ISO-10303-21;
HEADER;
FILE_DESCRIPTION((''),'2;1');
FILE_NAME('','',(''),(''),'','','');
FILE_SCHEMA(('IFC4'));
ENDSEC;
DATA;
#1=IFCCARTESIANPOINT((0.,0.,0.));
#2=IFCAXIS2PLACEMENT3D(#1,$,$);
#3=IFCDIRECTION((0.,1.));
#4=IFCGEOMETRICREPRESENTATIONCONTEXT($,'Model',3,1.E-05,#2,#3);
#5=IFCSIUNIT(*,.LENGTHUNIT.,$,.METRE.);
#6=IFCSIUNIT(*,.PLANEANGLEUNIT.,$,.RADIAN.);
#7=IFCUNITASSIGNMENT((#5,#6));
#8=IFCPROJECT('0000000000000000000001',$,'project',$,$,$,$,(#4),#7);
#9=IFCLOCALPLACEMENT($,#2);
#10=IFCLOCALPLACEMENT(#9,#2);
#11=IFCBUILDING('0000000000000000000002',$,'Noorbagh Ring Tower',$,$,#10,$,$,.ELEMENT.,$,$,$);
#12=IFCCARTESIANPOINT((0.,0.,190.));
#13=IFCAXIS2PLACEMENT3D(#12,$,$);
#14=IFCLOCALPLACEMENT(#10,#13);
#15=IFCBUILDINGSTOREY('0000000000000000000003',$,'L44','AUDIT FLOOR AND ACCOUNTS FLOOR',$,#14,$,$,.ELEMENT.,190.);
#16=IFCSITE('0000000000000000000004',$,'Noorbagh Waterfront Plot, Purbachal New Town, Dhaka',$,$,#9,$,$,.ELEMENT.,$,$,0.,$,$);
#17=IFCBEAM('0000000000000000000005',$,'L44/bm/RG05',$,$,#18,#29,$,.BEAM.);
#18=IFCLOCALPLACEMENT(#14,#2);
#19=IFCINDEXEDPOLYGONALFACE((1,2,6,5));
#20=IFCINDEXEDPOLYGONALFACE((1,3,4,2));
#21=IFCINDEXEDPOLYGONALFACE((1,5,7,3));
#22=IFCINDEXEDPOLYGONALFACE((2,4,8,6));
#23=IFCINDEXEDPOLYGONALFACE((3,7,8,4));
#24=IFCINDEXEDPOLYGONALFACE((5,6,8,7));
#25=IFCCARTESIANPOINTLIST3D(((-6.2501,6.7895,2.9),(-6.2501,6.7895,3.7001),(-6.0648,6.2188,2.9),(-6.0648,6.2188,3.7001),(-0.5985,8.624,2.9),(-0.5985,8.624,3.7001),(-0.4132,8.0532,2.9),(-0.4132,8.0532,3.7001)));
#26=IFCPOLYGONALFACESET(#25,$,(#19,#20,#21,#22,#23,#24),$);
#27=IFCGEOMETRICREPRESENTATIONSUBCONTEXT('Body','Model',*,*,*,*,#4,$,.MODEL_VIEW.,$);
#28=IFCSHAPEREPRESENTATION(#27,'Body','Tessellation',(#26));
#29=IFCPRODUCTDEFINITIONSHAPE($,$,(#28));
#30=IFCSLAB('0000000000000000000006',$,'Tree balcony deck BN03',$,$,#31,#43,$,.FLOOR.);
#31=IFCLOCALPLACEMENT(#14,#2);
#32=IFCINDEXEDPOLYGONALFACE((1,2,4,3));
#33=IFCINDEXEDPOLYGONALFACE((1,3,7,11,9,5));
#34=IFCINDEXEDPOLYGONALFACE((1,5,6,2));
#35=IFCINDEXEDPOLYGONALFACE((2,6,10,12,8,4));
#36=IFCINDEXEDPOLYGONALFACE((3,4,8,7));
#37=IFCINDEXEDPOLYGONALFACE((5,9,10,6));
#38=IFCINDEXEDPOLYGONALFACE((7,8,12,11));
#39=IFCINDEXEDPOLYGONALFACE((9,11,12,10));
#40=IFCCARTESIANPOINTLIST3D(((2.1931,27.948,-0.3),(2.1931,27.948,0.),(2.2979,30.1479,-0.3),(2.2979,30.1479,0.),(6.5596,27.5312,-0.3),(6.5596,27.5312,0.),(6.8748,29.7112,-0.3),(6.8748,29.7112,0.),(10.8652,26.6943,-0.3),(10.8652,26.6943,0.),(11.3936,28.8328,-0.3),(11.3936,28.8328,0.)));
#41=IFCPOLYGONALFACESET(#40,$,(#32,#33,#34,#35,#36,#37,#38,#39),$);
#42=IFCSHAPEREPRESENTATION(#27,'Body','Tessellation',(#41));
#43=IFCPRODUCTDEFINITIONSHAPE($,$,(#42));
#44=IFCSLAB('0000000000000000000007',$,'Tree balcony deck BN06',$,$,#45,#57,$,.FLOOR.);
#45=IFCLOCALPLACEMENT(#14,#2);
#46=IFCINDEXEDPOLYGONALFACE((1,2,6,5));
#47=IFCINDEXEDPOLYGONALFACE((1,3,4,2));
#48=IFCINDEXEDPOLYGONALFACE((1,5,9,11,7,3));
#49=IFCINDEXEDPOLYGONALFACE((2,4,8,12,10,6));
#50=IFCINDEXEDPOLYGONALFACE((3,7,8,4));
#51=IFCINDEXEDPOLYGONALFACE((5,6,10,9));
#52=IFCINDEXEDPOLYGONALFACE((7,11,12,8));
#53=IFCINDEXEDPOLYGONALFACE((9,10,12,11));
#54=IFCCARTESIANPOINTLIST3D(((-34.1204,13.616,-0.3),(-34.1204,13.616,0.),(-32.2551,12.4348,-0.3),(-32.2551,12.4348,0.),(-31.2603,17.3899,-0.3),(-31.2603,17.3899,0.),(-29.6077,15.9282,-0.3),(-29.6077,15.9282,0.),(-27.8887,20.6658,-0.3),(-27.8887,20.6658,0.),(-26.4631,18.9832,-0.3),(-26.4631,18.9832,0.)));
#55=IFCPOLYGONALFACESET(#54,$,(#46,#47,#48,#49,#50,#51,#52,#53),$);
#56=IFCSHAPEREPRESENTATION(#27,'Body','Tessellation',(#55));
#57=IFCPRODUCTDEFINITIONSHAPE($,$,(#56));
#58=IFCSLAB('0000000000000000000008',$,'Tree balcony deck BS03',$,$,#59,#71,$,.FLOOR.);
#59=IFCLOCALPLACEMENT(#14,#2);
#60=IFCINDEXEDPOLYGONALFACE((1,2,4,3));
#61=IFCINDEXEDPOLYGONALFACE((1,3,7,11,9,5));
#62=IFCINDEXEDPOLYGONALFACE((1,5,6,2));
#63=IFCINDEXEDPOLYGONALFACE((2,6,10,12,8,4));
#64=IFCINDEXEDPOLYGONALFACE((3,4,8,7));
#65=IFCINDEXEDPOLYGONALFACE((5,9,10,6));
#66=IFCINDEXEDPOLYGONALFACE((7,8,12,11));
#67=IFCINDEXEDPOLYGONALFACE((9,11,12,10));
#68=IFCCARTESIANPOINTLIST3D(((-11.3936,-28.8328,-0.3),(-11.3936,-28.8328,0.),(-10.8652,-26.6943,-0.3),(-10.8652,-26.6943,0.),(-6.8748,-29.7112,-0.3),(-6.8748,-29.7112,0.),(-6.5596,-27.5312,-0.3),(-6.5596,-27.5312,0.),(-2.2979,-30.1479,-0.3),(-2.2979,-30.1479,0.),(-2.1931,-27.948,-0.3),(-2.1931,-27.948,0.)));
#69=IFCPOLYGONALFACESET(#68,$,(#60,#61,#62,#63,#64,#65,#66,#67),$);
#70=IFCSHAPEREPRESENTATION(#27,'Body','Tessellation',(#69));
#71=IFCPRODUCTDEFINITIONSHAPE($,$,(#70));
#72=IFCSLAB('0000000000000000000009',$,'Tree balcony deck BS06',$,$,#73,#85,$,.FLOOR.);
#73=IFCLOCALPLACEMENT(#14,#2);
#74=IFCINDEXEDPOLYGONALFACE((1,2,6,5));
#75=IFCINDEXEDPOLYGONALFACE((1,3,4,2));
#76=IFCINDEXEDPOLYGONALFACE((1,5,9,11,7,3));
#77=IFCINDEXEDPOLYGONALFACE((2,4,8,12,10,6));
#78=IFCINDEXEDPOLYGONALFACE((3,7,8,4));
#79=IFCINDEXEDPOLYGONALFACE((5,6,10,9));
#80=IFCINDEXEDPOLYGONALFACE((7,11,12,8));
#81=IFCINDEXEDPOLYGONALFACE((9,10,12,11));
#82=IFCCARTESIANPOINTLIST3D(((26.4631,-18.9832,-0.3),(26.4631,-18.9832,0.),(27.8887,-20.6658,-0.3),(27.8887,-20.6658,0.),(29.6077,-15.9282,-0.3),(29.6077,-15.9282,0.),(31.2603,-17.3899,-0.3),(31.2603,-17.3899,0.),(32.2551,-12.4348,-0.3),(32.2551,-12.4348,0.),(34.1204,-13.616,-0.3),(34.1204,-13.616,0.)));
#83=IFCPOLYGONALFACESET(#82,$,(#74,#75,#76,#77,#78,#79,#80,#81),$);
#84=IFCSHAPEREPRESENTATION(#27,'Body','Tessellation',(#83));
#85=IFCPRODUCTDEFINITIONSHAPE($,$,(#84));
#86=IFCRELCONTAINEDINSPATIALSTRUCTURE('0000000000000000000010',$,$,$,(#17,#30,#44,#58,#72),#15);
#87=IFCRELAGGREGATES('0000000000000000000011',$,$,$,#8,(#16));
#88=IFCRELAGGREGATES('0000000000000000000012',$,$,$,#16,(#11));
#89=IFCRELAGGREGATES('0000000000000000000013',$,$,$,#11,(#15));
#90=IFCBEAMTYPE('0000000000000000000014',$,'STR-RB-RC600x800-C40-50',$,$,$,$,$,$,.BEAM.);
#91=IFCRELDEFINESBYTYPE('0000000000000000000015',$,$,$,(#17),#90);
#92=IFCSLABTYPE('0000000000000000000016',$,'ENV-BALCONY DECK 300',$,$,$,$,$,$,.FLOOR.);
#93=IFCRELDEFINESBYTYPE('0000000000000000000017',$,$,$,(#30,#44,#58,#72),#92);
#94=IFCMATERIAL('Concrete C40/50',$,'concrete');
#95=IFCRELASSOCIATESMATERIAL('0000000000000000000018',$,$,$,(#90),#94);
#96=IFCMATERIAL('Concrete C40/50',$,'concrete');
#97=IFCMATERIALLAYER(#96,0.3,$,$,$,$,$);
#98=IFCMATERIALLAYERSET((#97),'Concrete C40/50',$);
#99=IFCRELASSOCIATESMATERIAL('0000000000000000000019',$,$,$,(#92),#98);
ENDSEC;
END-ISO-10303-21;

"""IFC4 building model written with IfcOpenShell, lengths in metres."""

from ifc_helpers import new_model, si_unit, direction, frame, origin, origin_2d, place, context, subcontext, project, spatial, polyline, rectangle, outline, extrude, material, layer, layer_set, material_profile, profile_set, type_object, element, save


model = new_model("IFC4")

# Units and contexts
model_context = context("Model", 3, precision=1e-05, world=origin(), true_north=direction((0.0, 1.0)))
body_context = subcontext(model_context, "Body", "Model", "MODEL_VIEW")
ifc_project = project(units=[si_unit("LENGTHUNIT", "METRE"), si_unit("PLANEANGLEUNIT", "RADIAN")], contexts=[model_context])

# Site, building, storey
site_placement = place(None, origin())
site = spatial("IfcSite", under=ifc_project, at=site_placement, Name="Noorbagh Waterfront Plot, Purbachal New Town, Dhaka", CompositionType="ELEMENT", RefElevation=0.0)
building_placement = place(site_placement, origin())
building = spatial("IfcBuilding", under=site, at=building_placement, Name="Noorbagh Ring Tower", CompositionType="ELEMENT")
storey_placement = place(building_placement, frame((0.0, 0.0, 190.0)))
storey = spatial("IfcBuildingStorey", under=building, at=storey_placement, Name="L44", Description="AUDIT FLOOR AND ACCOUNTS FLOOR", CompositionType="ELEMENT", Elevation=190.0)

# Beam
ifc_material_1 = material(Name="Concrete C40/50", Category="concrete")
ifc_material_profile = material_profile(ifc_material_1, rectangle(XDim=0.6001, YDim=0.8, at=origin_2d()), Name="RC600x800")
ifc_profile_set = profile_set([ifc_material_profile], Name="Concrete C40/50")
beam_type = type_object("IfcBeamType", Name="STR-RB-RC600x800-C40-50", PredefinedType="BEAM", material=ifc_profile_set)
beam_placement = place(storey_placement, frame((-0.5059, 8.3386, 3.3), z_axis=(-0.951148, -0.308736, 0.0), x_axis=(0.308736, -0.951148, 0.0)))
element("IfcBeam", 1, at=beam_placement, inside=storey, type_object=beam_type, Name="L44/bm/RG05", PredefinedType="BEAM", context=body_context, shape_type="SweptSolid", body=[
    extrude(rectangle(XDim=0.6001, YDim=0.8, at=origin_2d()), origin(), (0.0, 0.0, 1.0), 5.9419),
])

# Slabs
ifc_material_2 = material(Name="Concrete C40/50", Category="concrete")
ifc_layer = layer(ifc_material_2, 0.3)
ifc_layer_set = layer_set([ifc_layer], Name="Concrete C40/50")
slab_type = type_object("IfcSlabType", Name="ENV-BALCONY DECK 300", PredefinedType="FLOOR", material=ifc_layer_set)
slab_1_placement = place(storey_placement, frame((0.0, 0.0, -0.3)))
element("IfcSlab", 2, at=slab_1_placement, inside=storey, type_object=slab_type, Name="Tree balcony deck BN03", PredefinedType="FLOOR", context=body_context, shape_type="SweptSolid", body=[
    extrude(outline(polyline([(11.3936, 28.8328), (6.8748, 29.7112), (2.2979, 30.1479), (2.1931, 27.948), (6.5596, 27.5312), (10.8652, 26.6943), (11.3936, 28.8328)])), origin(), (0.0, 0.0, 1.0), 0.3),
])
slab_2_placement = place(storey_placement, frame((0.0, 0.0, -0.3)))
element("IfcSlab", 3, at=slab_2_placement, inside=storey, type_object=slab_type, Name="Tree balcony deck BN06", PredefinedType="FLOOR", context=body_context, shape_type="SweptSolid", body=[
    extrude(outline(polyline([(-27.8887, 20.6658), (-31.2603, 17.3899), (-34.1204, 13.616), (-32.2551, 12.4348), (-29.6077, 15.9282), (-26.4631, 18.9832), (-27.8887, 20.6658)])), origin(), (0.0, 0.0, 1.0), 0.3),
])
slab_3_placement = place(storey_placement, frame((0.0, 0.0, -0.3)))
element("IfcSlab", 4, at=slab_3_placement, inside=storey, type_object=slab_type, Name="Tree balcony deck BS03", PredefinedType="FLOOR", context=body_context, shape_type="SweptSolid", body=[
    extrude(outline(polyline([(-11.3936, -28.8328), (-6.8748, -29.7112), (-2.2979, -30.1479), (-2.1931, -27.948), (-6.5596, -27.5312), (-10.8652, -26.6943), (-11.3936, -28.8328)])), origin(), (0.0, 0.0, 1.0), 0.3),
])
slab_4_placement = place(storey_placement, frame((0.0, 0.0, -0.3)))
element("IfcSlab", 5, at=slab_4_placement, inside=storey, type_object=slab_type, Name="Tree balcony deck BS06", PredefinedType="FLOOR", context=body_context, shape_type="SweptSolid", body=[
    extrude(outline(polyline([(27.8887, -20.6658), (31.2603, -17.3899), (34.1204, -13.616), (32.2551, -12.4348), (29.6077, -15.9282), (26.4631, -18.9832), (27.8887, -20.6658)])), origin(), (0.0, 0.0, 1.0), 0.3),
])

save(model, "model.ifc")
